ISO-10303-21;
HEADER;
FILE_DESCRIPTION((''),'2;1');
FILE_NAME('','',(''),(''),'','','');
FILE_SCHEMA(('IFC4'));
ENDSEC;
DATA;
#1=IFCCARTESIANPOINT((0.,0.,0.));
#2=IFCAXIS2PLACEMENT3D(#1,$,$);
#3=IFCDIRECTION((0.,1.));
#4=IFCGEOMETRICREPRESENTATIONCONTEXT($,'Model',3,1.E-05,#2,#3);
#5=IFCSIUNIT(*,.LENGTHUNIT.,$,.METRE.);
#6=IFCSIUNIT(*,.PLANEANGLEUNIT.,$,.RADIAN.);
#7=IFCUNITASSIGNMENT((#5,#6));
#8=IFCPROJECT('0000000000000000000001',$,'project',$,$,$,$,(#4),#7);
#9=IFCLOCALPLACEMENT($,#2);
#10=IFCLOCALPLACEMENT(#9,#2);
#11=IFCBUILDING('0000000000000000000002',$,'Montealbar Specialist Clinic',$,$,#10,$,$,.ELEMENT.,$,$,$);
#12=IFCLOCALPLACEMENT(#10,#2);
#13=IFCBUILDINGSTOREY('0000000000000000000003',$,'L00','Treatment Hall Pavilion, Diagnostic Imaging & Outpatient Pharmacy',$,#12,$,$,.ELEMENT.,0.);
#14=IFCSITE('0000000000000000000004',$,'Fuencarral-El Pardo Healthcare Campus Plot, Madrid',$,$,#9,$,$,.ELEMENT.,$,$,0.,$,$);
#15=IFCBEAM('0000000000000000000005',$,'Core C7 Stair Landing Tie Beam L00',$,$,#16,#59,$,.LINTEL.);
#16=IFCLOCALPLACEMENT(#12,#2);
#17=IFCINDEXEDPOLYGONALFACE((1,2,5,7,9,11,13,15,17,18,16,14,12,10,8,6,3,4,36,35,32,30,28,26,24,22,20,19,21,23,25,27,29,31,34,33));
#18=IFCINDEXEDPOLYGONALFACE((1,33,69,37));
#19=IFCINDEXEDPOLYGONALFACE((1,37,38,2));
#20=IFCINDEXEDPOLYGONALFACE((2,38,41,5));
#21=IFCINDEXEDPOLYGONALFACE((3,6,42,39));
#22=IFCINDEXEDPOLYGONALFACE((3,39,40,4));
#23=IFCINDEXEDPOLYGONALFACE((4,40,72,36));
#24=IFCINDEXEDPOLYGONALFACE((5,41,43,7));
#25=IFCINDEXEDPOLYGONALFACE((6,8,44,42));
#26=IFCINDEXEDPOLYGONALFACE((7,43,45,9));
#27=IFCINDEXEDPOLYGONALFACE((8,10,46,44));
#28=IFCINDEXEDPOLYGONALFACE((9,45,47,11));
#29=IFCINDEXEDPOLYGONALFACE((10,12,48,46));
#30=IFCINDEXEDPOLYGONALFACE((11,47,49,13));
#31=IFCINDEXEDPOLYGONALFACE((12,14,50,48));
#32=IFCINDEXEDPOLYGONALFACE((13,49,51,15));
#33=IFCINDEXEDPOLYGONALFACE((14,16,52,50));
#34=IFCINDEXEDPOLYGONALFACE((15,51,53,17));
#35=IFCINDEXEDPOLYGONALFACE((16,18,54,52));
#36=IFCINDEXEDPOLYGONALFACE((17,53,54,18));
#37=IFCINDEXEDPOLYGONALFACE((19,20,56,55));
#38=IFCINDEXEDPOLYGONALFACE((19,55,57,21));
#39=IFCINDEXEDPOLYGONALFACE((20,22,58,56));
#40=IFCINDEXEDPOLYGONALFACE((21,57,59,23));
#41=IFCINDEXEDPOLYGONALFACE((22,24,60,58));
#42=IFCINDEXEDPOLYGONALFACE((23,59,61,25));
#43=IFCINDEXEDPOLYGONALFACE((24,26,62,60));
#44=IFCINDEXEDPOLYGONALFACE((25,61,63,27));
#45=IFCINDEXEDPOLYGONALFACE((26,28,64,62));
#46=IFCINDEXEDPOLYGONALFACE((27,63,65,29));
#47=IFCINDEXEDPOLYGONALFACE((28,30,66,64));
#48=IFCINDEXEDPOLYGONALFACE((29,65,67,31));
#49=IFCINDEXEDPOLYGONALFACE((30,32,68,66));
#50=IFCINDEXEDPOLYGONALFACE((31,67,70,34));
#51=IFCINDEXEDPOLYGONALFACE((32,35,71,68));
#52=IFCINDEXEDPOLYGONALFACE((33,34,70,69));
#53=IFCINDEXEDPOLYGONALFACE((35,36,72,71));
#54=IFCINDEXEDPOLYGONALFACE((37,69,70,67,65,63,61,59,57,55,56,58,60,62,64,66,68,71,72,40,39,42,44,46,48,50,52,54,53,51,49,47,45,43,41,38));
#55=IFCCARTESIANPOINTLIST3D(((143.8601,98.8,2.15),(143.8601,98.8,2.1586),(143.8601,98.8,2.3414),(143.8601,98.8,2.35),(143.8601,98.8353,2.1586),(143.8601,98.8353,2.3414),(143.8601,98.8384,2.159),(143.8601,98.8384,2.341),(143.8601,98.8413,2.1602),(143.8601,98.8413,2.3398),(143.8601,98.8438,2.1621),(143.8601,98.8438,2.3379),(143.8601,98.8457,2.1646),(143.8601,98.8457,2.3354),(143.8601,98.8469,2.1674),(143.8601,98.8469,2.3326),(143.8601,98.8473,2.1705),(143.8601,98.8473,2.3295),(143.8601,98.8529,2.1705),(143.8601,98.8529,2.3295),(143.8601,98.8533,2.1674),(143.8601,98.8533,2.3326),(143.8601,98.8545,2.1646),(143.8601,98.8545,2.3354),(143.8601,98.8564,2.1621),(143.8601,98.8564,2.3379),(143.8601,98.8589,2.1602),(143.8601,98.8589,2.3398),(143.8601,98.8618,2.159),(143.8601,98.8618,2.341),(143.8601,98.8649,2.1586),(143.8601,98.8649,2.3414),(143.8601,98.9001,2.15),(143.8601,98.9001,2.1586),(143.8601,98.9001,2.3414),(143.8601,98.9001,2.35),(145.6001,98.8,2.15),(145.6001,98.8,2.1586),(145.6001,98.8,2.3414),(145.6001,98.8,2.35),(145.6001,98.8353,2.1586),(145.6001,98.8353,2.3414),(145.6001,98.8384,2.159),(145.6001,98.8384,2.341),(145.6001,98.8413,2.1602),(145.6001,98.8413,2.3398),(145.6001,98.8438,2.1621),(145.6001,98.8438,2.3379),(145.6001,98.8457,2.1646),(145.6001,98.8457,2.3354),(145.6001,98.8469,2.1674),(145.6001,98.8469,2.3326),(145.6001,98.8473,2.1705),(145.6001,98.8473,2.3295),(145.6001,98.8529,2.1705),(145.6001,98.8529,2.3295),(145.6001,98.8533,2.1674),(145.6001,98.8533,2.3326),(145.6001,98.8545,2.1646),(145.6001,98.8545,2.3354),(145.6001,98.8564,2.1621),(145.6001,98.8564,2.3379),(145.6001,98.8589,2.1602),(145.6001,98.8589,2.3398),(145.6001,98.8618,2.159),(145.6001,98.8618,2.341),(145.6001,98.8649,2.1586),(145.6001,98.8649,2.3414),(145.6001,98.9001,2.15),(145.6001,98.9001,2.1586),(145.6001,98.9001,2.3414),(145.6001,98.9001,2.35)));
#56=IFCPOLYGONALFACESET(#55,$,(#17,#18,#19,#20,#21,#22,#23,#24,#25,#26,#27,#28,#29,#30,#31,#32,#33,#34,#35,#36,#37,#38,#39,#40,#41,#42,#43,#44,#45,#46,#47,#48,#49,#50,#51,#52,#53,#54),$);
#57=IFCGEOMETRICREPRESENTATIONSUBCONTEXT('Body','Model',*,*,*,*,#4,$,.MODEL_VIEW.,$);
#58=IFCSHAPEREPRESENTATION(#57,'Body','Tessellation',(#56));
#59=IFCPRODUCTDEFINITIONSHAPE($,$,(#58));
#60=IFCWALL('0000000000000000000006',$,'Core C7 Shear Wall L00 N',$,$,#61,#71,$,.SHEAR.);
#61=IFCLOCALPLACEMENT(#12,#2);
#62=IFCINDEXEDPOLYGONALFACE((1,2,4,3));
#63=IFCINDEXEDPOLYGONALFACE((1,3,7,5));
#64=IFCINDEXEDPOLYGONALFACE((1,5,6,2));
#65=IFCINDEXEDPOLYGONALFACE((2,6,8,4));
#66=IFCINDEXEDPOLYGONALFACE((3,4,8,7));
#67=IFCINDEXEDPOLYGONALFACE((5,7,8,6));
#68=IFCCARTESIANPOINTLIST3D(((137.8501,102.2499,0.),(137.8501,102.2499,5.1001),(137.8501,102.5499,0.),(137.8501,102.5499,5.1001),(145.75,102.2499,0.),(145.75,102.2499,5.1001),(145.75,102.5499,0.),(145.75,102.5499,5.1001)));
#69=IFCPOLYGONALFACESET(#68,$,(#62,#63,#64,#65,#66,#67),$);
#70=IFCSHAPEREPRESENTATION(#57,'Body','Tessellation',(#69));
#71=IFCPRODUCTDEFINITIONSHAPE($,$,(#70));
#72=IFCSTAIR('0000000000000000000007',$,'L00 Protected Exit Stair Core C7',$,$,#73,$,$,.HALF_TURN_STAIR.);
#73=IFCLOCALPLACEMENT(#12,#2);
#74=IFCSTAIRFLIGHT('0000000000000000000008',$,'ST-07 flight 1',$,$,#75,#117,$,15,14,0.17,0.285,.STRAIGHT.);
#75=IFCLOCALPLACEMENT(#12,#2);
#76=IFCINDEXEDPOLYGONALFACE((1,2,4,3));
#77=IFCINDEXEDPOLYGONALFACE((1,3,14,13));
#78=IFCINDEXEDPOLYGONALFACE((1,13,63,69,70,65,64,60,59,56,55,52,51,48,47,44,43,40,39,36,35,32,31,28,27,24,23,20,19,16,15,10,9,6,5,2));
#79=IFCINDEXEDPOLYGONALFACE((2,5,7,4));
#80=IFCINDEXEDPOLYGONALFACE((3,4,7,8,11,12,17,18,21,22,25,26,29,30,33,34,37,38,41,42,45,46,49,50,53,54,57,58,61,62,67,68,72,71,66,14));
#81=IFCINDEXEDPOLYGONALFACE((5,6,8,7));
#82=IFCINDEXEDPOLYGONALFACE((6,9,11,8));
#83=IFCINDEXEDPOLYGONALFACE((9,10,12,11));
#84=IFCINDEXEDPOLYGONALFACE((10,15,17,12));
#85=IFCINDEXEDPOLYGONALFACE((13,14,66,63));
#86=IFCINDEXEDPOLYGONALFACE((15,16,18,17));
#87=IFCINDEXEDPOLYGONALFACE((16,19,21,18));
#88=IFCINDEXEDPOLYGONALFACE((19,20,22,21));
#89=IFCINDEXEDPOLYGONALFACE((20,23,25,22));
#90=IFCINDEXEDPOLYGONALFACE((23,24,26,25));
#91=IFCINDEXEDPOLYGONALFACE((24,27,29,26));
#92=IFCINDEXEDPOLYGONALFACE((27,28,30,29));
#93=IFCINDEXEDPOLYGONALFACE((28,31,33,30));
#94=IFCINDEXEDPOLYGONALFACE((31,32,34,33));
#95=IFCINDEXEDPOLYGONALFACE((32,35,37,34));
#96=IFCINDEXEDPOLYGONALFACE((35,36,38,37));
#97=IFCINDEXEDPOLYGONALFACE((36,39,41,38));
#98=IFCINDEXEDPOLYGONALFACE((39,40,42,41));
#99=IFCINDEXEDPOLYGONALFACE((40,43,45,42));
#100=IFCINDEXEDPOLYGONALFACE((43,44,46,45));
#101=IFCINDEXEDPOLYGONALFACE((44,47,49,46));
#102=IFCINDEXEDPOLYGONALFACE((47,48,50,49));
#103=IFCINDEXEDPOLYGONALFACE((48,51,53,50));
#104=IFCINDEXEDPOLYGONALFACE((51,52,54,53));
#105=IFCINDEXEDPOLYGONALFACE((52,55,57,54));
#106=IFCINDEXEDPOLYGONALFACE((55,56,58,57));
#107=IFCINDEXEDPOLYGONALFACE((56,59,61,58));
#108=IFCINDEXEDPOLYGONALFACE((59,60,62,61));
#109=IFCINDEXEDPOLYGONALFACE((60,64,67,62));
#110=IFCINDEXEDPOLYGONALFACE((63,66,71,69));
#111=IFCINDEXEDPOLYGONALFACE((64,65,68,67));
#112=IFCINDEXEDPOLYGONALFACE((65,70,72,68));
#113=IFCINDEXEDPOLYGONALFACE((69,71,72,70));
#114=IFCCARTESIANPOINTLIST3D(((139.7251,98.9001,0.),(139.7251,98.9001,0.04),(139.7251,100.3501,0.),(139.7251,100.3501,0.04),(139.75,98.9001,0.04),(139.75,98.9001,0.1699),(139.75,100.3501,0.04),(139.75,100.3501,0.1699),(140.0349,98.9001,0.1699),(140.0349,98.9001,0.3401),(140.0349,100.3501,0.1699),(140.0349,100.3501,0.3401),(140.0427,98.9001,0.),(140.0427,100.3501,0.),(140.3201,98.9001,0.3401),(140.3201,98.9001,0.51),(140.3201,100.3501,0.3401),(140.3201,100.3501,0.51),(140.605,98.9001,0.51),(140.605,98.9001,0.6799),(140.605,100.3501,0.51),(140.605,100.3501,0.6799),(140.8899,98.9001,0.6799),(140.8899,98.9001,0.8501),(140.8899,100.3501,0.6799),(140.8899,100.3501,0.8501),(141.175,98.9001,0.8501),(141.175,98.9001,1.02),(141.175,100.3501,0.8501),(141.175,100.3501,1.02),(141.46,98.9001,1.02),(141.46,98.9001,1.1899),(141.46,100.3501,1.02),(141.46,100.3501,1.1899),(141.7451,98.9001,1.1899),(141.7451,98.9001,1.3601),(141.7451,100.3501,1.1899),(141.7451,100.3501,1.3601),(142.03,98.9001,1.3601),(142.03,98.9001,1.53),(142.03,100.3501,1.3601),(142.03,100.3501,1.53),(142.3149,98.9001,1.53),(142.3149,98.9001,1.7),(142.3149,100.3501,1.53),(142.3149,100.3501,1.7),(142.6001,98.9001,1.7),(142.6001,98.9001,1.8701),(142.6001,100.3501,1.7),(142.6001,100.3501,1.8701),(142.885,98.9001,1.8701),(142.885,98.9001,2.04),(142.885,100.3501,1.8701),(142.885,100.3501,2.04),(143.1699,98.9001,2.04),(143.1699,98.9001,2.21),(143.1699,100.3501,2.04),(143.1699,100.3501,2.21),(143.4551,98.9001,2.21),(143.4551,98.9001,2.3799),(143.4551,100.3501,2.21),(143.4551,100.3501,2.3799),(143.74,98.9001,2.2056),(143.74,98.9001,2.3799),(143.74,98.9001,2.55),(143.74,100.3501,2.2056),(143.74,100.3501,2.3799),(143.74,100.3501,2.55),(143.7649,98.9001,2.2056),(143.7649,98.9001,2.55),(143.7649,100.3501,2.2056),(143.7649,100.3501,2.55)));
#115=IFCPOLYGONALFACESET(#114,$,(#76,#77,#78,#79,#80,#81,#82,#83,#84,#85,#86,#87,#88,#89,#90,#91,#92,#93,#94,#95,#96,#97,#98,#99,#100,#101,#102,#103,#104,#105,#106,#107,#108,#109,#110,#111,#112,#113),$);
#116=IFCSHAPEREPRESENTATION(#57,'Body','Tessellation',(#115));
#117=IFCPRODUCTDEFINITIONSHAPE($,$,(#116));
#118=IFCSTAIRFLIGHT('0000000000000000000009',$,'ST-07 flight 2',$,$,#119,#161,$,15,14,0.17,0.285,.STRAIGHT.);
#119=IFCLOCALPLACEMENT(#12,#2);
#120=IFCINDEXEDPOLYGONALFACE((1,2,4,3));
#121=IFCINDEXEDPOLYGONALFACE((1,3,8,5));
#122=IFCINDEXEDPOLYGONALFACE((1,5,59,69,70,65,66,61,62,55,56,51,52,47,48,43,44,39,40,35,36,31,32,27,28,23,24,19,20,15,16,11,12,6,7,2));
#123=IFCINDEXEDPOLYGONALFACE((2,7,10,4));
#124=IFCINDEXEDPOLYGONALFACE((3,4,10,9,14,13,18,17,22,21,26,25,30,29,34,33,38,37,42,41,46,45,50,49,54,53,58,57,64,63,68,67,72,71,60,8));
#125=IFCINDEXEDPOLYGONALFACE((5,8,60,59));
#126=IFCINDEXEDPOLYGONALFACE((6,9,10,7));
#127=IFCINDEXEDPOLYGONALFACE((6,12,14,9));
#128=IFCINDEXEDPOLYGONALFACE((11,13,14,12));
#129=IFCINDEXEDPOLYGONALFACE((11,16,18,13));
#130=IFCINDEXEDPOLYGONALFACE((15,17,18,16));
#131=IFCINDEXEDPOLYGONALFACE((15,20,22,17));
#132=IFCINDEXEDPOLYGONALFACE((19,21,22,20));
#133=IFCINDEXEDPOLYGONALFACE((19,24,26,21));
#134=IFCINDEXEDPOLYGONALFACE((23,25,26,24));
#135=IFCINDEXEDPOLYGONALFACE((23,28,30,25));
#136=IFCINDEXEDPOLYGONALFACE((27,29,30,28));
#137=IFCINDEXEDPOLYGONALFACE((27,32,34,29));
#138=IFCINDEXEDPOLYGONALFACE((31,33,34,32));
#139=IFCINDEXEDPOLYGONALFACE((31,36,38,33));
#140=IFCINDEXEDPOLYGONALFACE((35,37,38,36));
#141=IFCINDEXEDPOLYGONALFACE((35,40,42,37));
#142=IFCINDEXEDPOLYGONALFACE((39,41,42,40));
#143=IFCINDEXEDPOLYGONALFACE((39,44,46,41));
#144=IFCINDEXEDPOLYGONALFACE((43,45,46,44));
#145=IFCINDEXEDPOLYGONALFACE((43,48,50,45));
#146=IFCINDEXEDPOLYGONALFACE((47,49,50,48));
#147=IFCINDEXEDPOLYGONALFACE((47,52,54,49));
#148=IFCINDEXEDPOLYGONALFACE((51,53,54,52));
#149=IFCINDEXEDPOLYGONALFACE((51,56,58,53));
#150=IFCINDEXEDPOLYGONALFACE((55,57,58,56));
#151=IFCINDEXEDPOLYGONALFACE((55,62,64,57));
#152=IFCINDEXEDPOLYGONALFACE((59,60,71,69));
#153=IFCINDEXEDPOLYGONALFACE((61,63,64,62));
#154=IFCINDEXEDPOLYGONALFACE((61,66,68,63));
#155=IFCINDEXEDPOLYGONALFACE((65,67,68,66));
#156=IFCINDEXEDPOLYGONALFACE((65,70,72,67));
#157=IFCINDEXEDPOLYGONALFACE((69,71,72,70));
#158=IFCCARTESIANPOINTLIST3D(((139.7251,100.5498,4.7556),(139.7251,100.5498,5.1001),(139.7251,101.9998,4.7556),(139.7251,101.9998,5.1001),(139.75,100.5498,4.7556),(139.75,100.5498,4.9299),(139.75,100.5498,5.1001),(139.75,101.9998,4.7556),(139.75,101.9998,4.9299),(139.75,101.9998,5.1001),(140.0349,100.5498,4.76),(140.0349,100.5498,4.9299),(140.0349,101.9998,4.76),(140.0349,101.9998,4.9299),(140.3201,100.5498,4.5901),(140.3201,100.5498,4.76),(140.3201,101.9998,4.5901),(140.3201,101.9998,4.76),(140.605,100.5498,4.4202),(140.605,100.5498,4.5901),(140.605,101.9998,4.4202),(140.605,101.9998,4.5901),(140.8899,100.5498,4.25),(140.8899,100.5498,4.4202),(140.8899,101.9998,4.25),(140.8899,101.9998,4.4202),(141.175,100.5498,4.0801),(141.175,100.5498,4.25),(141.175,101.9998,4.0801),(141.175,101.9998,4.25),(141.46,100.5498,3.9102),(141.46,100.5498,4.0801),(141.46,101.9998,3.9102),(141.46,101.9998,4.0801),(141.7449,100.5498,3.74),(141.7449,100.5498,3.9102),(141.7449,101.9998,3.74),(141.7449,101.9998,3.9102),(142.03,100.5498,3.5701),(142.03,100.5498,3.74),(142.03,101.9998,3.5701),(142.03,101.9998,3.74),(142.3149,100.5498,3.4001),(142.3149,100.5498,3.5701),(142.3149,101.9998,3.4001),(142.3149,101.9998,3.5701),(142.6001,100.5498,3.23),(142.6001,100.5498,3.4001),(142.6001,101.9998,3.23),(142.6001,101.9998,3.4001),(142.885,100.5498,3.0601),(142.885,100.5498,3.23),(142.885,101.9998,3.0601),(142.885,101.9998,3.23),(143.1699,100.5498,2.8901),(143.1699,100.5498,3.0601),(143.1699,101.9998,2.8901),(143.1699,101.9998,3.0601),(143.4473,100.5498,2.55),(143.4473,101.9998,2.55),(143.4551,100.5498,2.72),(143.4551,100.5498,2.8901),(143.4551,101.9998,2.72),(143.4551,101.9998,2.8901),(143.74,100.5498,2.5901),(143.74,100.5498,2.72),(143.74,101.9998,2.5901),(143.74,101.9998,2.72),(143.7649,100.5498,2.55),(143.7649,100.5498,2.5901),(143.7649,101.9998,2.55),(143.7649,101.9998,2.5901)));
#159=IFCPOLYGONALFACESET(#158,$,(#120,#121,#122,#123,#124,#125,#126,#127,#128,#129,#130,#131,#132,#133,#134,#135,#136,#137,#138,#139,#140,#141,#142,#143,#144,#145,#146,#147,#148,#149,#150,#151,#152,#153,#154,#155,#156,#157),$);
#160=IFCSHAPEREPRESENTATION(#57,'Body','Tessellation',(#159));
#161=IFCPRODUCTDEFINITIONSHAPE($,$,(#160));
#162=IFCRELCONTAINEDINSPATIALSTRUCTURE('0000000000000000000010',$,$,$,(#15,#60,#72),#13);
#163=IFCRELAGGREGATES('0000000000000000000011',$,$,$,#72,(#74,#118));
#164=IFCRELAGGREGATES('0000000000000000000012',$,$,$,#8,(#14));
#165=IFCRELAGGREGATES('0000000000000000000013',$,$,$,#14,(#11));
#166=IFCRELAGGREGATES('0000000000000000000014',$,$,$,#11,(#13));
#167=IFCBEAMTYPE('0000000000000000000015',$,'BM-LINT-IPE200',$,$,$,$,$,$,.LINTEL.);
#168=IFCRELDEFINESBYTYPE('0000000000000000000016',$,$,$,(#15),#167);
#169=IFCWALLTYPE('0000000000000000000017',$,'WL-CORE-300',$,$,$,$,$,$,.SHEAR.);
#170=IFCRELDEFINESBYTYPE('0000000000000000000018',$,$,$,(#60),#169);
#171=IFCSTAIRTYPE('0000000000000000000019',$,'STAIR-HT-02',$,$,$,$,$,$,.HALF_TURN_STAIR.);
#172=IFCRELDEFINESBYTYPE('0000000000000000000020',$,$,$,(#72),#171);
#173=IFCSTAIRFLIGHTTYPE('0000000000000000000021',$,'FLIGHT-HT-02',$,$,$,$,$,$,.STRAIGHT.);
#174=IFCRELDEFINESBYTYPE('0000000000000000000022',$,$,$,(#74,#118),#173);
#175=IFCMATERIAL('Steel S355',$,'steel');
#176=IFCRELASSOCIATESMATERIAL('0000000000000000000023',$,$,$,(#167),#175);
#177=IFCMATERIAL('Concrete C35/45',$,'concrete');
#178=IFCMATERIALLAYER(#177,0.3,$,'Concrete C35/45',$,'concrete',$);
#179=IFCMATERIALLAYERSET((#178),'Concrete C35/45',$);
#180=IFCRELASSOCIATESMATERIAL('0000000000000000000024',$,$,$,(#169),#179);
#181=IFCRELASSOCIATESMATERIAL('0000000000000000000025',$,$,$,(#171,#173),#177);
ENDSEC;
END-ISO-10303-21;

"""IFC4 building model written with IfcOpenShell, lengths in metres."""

from ifc_helpers import new_model, si_unit, direction, frame, frame_2d, origin, origin_2d, place, context, subcontext, project, spatial, polyline, rectangle, i_section, outline, extrude, material, layer, layer_set, material_profile, profile_set, type_object, element, aggregate, save


model = new_model("IFC4")

# Units and contexts
model_context = context("Model", 3, precision=1e-05, world=origin(), true_north=direction((0.0, 1.0)))
body_context = subcontext(model_context, "Body", "Model", "MODEL_VIEW")
ifc_project = project(units=[si_unit("LENGTHUNIT", "METRE"), si_unit("PLANEANGLEUNIT", "RADIAN")], contexts=[model_context])

# Site, building, storey
site_placement = place(None, origin())
site = spatial("IfcSite", under=ifc_project, at=site_placement, Name="Fuencarral-El Pardo Healthcare Campus Plot, Madrid", CompositionType="ELEMENT", RefElevation=0.0)
building_placement = place(site_placement, origin())
building = spatial("IfcBuilding", under=site, at=building_placement, Name="Montealbar Specialist Clinic", CompositionType="ELEMENT")
storey_placement = place(building_placement, origin())
storey = spatial("IfcBuildingStorey", under=building, at=storey_placement, Name="L00", Description="Treatment Hall Pavilion, Diagnostic Imaging & Outpatient Pharmacy", CompositionType="ELEMENT", Elevation=0.0)

# Shared definitions
ifc_material_1 = material(Name="Concrete C35/45", Category="concrete")
ifc_material_2 = material(Name="Steel S355", Category="steel")

# Beam
ifc_material_profile_1 = material_profile(ifc_material_2, i_section(OverallWidth=0.1001, OverallDepth=0.2, WebThickness=0.0056, FlangeThickness=0.0085, FilletRadius=0.012, at=origin_2d()), Name="IPE 200", Category="steel")
ifc_profile_set_1 = profile_set([ifc_material_profile_1], Name="Steel S355")
beam_type_1 = type_object("IfcBeamType", Name="BM-LINT-IPE200", PredefinedType="LINTEL", material=ifc_profile_set_1)
beam_1_placement = place(storey_placement, frame((143.8601, 98.8501, 2.25), z_axis=(1.0, 0.0, 0.0), x_axis=(0.0, 1.0, 0.0)))
element("IfcBeam", 1, at=beam_1_placement, inside=storey, type_object=beam_type_1, Name="Core C7 Stair Landing Tie Beam L00", PredefinedType="LINTEL", context=body_context, shape_type="SweptSolid", body=[
    extrude(i_section(OverallWidth=0.1001, OverallDepth=0.2, WebThickness=0.0056, FlangeThickness=0.0085, FilletRadius=0.012, at=origin_2d()), origin(), (0.0, 0.0, 1.0), 1.74),
])

# Wall
ifc_layer_1 = layer(ifc_material_1, 0.3, Name="Concrete C35/45", Category="concrete")
ifc_layer_set_1 = layer_set([ifc_layer_1], Name="Concrete C35/45")
wall_type = type_object("IfcWallType", Name="WL-CORE-300", PredefinedType="SHEAR", material=ifc_layer_set_1)
wall_placement = place(storey_placement, frame((137.8501, 102.3999, 0.0), z_axis=(0.0, 0.0, 1.0), x_axis=(1.0, 0.0, 0.0)))
element("IfcWall", 2, at=wall_placement, inside=storey, type_object=wall_type, Name="Core C7 Shear Wall L00 N", PredefinedType="SHEAR", context=body_context, shape_type="SweptSolid", body=[
    extrude(rectangle(XDim=7.8999, YDim=0.3, at=frame_2d((3.95, 0.0))), origin(), (0.0, 0.0, 1.0), 5.1001),
])

# Stair, stair flights
stair_type = type_object("IfcStairType", Name="STAIR-HT-02", PredefinedType="HALF_TURN_STAIR", material=ifc_material_1)
stair_placement = place(storey_placement, origin())
stair = element("IfcStair", 3, at=stair_placement, inside=storey, type_object=stair_type, Name="L00 Protected Exit Stair Core C7", PredefinedType="HALF_TURN_STAIR")
stair_flight_type = type_object("IfcStairFlightType", Name="FLIGHT-HT-02", PredefinedType="STRAIGHT", material=ifc_material_1)
stair_flight_1_placement = place(storey_placement, frame((139.75, 99.625, 0.0), z_axis=(0.0, 0.0, 1.0), x_axis=(1.0, 0.0, 0.0)))
stair_flight_1 = element("IfcStairFlight", 4, at=stair_flight_1_placement, type_object=stair_flight_type, Name="ST-07 flight 1", NumberOfRisers=15, NumberOfTreads=14, PredefinedType="STRAIGHT", RiserHeight=0.17, TreadLength=0.285, context=body_context, shape_type="SweptSolid", body=[
    extrude(outline(polyline([(-0.0249, 0.0), (-0.0249, 0.04), (0.0, 0.04), (0.0, 0.1699), (0.2849, 0.1699), (0.2849, 0.3401), (0.5701, 0.3401), (0.5701, 0.51), (0.855, 0.51), (0.855, 0.6799), (1.1399, 0.6799), (1.1399, 0.8501), (1.425, 0.8501), (1.425, 1.02), (1.71, 1.02), (1.71, 1.1899), (1.9951, 1.1899), (1.9951, 1.3601), (2.28, 1.3601), (2.28, 1.53), (2.5649, 1.53), (2.5649, 1.7), (2.8501, 1.7), (2.8501, 1.8701), (3.135, 1.8701), (3.135, 2.04), (3.4199, 2.04), (3.4199, 2.21), (3.7051, 2.21), (3.7051, 2.3799), (3.99, 2.3799), (3.99, 2.55), (4.0149, 2.55), (4.0149, 2.2056), (3.99, 2.2056), (0.2927, 0.0), (-0.0249, 0.0)])), frame((0.0, 0.7251, 0.0), z_axis=(0.0, -1.0, 0.0), x_axis=(1.0, 0.0, 0.0)), (0.0, 0.0, 1.0), 1.45),
])
stair_flight_2_placement = place(storey_placement, frame((143.74, 101.2749, 2.55), z_axis=(0.0, 0.0, 1.0), x_axis=(-1.0, 0.0, 0.0)))
stair_flight_2 = element("IfcStairFlight", 5, at=stair_flight_2_placement, type_object=stair_flight_type, Name="ST-07 flight 2", NumberOfRisers=15, NumberOfTreads=14, PredefinedType="STRAIGHT", RiserHeight=0.17, TreadLength=0.285, context=body_context, shape_type="SweptSolid", body=[
    extrude(outline(polyline([(-0.0249, 0.0), (-0.0249, 0.04), (0.0, 0.04), (0.0, 0.1699), (0.2849, 0.1699), (0.2849, 0.3401), (0.5701, 0.3401), (0.5701, 0.51), (0.855, 0.51), (0.855, 0.6799), (1.1399, 0.6799), (1.1399, 0.8501), (1.425, 0.8501), (1.425, 1.02), (1.71, 1.02), (1.71, 1.1899), (1.9951, 1.1899), (1.9951, 1.3601), (2.28, 1.3601), (2.28, 1.53), (2.5649, 1.53), (2.5649, 1.7), (2.8501, 1.7), (2.8501, 1.8701), (3.135, 1.8701), (3.135, 2.04), (3.4199, 2.04), (3.4199, 2.21), (3.7051, 2.21), (3.7051, 2.3799), (3.99, 2.3799), (3.99, 2.55), (4.0149, 2.55), (4.0149, 2.2056), (3.99, 2.2056), (0.2927, 0.0), (-0.0249, 0.0)])), frame((0.0, 0.7251, 0.0), z_axis=(0.0, -1.0, 0.0), x_axis=(1.0, 0.0, 0.0)), (0.0, 0.0, 1.0), 1.45),
])
aggregate(stair, [stair_flight_1, stair_flight_2])

save(model, "model.ifc")
